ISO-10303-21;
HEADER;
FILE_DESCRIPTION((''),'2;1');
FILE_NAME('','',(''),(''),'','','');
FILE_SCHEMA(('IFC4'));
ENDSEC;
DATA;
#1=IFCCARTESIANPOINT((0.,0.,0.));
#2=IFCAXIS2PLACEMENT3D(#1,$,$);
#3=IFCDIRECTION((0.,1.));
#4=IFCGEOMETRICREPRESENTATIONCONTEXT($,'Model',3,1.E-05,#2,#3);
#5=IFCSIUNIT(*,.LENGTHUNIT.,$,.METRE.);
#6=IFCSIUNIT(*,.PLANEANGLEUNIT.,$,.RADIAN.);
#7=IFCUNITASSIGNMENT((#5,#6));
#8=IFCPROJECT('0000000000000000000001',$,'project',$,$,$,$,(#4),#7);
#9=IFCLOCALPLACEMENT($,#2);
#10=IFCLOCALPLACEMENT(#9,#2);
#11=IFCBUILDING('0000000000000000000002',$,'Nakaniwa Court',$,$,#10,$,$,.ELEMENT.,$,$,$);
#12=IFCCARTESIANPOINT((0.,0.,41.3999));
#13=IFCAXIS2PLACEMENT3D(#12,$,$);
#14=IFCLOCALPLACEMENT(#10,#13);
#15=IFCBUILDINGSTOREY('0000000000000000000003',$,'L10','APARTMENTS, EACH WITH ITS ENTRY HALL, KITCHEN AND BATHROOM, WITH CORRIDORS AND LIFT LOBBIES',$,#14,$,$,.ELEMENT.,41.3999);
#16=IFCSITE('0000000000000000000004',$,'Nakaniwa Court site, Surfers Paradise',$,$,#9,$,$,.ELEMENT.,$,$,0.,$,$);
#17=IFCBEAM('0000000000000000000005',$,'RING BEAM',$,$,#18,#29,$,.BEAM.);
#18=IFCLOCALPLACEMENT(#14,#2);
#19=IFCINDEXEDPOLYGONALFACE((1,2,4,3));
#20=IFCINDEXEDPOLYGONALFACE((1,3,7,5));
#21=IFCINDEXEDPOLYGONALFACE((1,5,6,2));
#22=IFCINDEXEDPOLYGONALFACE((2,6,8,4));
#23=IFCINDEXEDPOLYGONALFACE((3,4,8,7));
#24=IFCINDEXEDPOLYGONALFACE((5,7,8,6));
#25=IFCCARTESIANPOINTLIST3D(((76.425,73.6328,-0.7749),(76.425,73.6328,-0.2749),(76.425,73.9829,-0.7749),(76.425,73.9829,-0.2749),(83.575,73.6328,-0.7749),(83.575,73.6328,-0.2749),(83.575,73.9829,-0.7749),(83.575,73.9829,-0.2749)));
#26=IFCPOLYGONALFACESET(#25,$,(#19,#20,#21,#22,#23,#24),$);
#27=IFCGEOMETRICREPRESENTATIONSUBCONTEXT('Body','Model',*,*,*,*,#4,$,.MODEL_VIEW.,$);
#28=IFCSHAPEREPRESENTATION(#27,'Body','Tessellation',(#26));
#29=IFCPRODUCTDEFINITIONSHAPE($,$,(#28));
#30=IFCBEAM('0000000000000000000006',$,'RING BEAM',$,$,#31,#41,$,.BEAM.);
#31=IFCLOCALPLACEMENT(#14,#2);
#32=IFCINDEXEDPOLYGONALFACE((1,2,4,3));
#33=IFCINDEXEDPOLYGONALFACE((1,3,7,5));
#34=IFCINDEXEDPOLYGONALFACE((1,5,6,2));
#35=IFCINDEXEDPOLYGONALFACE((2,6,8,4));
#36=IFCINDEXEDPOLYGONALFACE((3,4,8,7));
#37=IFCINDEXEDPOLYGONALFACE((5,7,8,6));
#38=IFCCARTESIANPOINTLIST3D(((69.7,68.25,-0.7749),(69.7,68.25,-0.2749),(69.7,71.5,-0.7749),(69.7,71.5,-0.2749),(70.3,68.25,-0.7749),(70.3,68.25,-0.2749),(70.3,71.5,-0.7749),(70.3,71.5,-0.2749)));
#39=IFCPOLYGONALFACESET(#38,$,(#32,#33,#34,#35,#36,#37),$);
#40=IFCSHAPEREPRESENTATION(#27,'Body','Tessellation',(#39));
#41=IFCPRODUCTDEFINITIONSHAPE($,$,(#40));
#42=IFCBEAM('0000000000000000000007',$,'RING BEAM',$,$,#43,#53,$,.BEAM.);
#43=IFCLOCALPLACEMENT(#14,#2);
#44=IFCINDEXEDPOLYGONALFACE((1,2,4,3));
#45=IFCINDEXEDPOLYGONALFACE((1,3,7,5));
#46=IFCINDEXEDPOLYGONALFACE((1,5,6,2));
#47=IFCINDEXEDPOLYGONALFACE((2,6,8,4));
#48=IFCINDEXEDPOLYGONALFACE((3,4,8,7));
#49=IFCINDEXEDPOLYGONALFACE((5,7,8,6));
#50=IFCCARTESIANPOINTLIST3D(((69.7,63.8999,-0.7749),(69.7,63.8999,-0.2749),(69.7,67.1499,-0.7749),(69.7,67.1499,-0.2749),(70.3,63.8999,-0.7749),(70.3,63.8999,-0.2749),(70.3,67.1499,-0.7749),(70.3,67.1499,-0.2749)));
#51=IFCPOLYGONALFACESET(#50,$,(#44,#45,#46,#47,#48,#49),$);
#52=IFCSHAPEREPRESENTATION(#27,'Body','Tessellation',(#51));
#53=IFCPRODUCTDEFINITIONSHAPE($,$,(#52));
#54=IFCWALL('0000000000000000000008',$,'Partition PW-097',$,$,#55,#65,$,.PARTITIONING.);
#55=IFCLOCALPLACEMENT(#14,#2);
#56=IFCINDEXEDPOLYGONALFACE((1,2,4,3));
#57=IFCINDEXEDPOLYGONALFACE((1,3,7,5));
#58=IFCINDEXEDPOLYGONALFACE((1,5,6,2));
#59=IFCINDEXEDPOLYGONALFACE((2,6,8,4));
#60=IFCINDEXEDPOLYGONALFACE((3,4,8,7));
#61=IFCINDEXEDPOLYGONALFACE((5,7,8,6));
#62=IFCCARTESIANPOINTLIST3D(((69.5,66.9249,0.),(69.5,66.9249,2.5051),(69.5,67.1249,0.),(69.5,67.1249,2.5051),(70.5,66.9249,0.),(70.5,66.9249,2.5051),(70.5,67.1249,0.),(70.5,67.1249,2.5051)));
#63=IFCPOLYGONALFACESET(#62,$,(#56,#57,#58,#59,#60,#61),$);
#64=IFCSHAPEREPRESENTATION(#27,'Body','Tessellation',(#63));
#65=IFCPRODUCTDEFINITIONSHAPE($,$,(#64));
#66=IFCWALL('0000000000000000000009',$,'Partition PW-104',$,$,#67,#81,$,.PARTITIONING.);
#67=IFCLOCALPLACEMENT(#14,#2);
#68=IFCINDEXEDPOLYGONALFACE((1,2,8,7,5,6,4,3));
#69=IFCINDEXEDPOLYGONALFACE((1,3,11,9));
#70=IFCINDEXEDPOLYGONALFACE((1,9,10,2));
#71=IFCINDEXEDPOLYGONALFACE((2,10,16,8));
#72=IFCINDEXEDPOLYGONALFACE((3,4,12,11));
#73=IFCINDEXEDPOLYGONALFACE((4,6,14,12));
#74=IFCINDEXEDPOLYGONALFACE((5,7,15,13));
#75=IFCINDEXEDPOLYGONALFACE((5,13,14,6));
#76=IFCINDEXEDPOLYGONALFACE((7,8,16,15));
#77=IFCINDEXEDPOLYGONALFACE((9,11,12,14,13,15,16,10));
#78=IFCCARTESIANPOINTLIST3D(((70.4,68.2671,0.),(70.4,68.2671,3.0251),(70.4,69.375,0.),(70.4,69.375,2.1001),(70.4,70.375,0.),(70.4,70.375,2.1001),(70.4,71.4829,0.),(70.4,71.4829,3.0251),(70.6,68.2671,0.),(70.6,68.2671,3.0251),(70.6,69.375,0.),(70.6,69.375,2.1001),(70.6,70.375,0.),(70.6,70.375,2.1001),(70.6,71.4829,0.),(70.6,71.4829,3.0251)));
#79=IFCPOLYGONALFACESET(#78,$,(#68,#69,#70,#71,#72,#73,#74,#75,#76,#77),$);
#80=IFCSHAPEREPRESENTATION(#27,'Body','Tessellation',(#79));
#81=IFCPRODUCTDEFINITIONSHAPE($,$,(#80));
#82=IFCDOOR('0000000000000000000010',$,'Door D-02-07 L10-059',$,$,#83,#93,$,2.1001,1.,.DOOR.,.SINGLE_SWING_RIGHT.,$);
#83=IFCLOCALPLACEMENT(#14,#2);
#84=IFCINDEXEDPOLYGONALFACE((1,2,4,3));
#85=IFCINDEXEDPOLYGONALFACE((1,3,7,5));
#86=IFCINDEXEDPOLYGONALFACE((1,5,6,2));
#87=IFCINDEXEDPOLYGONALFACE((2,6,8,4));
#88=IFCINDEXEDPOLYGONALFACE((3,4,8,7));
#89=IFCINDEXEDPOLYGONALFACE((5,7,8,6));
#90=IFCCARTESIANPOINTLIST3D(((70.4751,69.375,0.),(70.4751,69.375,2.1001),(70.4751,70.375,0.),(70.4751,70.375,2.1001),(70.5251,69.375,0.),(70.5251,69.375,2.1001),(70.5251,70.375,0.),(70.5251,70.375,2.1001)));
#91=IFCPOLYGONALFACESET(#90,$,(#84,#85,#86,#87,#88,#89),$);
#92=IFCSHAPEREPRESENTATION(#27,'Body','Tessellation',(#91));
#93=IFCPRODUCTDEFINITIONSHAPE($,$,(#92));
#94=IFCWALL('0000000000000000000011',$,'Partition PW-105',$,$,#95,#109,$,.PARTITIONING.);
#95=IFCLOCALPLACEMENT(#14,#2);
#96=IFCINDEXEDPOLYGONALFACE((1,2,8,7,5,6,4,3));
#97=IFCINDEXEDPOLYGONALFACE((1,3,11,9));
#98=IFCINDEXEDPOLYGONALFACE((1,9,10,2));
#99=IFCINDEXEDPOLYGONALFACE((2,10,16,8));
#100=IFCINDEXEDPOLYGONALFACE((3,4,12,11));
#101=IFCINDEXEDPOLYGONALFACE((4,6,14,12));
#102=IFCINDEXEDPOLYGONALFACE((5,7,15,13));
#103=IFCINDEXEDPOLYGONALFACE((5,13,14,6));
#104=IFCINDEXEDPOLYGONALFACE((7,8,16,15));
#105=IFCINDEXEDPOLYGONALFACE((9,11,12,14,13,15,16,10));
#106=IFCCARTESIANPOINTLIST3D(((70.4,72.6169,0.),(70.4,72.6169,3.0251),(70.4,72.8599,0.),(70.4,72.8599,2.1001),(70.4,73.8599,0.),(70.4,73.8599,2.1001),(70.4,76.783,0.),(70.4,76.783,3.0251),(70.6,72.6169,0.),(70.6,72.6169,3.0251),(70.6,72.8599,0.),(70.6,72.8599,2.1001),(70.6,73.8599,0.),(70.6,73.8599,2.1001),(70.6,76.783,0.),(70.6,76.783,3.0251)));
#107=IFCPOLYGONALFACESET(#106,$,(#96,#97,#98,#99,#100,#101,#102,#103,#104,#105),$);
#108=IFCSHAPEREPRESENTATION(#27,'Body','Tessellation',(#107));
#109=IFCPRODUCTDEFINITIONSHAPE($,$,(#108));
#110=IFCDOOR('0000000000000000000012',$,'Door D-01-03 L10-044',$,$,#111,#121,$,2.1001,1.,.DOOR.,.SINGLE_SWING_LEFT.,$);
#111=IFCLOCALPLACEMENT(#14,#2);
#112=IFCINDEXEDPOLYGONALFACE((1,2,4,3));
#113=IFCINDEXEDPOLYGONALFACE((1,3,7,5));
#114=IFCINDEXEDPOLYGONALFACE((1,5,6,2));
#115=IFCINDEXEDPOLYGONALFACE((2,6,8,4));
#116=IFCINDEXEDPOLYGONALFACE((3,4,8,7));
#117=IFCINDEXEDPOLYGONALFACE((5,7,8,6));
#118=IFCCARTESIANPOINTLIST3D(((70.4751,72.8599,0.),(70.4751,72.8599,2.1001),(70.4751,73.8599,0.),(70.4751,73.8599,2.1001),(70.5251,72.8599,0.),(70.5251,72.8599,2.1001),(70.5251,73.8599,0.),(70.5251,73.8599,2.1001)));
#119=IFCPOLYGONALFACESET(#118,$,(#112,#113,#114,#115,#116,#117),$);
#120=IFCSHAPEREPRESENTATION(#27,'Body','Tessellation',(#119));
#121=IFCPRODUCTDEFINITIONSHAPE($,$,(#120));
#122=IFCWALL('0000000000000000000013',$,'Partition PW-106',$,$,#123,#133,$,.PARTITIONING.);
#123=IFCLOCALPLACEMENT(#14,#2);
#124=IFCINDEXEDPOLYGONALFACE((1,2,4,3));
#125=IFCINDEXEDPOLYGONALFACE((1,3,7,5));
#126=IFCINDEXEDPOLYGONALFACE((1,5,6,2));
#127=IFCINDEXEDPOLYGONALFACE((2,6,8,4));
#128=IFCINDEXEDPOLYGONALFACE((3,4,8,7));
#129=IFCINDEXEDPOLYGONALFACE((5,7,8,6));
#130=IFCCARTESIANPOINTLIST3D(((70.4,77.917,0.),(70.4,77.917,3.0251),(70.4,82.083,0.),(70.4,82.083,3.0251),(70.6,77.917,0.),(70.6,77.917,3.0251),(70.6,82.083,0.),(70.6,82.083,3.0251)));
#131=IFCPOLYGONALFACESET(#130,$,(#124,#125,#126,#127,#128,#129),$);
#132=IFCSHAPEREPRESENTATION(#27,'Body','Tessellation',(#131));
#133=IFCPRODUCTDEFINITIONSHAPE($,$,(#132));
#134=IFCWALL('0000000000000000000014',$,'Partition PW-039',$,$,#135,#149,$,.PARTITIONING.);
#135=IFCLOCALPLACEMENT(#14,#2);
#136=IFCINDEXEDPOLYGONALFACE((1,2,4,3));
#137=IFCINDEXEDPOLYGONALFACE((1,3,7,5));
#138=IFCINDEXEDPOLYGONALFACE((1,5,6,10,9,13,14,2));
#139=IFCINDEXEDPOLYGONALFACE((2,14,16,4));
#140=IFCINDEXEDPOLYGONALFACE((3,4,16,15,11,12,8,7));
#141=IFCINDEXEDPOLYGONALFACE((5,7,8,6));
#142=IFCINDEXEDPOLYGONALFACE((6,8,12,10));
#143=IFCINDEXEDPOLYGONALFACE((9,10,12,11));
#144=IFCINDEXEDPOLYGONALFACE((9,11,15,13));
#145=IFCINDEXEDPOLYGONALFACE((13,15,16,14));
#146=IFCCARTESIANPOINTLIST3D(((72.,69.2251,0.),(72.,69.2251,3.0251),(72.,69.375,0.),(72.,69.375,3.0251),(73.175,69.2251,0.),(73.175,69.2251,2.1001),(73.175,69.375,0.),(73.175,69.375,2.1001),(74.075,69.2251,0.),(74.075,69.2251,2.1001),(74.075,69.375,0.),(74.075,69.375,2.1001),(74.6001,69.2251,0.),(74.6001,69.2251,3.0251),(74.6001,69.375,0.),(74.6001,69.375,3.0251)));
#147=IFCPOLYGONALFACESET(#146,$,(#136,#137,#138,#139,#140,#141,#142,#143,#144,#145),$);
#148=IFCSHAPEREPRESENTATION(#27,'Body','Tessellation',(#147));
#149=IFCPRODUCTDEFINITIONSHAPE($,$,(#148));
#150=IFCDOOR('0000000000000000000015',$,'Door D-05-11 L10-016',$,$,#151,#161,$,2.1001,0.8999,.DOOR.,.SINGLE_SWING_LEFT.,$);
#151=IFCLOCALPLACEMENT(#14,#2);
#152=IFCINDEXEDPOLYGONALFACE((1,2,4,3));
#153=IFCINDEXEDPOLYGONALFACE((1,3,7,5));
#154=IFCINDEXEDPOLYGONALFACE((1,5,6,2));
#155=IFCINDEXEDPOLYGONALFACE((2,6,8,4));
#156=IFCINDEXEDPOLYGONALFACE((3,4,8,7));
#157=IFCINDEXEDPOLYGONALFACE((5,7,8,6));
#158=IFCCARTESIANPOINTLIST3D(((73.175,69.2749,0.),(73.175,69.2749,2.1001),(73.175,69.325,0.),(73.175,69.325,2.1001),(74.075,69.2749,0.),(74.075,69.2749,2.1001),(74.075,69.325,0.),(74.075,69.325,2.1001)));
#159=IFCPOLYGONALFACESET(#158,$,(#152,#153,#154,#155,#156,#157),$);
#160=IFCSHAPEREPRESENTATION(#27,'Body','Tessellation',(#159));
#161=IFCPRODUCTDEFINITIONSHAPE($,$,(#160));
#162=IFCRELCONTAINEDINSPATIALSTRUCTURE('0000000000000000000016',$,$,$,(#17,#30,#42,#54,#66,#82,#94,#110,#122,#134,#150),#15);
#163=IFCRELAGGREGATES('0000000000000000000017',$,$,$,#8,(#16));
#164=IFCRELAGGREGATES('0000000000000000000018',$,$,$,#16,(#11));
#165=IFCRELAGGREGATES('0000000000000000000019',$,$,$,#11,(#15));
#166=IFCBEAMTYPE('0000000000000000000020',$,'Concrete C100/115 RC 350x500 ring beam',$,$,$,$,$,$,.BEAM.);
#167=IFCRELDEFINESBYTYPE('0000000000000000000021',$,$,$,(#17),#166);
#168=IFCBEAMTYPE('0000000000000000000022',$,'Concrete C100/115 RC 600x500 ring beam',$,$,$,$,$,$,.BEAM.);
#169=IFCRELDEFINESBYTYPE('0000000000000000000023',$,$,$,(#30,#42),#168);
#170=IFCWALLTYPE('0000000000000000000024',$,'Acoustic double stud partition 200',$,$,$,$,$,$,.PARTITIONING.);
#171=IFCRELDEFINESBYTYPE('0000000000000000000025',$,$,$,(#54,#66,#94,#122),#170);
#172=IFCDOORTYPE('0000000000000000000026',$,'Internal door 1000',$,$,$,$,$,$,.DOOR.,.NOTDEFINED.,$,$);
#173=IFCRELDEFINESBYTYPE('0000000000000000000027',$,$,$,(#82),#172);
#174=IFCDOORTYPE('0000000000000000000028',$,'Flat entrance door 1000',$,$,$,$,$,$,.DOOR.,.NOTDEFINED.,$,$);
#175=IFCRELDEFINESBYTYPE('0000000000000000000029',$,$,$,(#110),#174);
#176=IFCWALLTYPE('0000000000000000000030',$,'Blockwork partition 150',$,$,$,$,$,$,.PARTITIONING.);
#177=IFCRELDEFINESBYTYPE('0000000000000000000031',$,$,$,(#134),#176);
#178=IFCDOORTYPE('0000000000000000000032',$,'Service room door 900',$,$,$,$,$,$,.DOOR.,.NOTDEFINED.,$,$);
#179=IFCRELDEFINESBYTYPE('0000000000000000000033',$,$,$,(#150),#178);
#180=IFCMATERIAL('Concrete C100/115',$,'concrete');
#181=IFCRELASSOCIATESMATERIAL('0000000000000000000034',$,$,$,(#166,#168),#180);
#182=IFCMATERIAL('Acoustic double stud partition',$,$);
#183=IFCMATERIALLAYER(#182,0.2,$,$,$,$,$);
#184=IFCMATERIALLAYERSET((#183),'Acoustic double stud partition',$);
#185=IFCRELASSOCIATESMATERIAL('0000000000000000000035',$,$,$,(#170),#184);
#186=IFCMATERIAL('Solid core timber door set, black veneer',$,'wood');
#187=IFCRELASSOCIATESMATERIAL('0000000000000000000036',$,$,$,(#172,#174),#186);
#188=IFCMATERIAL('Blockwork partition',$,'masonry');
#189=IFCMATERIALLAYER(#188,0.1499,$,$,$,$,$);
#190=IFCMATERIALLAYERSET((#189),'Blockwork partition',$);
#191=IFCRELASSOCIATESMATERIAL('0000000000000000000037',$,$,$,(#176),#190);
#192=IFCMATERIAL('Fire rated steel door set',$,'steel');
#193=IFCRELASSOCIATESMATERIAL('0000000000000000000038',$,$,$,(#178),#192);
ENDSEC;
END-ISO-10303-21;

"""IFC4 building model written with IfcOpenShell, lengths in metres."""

from ifc_helpers import new_model, si_unit, direction, frame, frame_2d, origin, origin_2d, place, context, subcontext, project, spatial, rectangle, extrude, material, layer, layer_set, material_profile, profile_set, type_object, element, fill, save


model = new_model("IFC4")

# Units and contexts
model_context = context("Model", 3, precision=1e-05, world=origin(), true_north=direction((0.0, 1.0)))
body_context = subcontext(model_context, "Body", "Model", "MODEL_VIEW")
ifc_project = project(units=[si_unit("LENGTHUNIT", "METRE"), si_unit("PLANEANGLEUNIT", "RADIAN")], contexts=[model_context])

# Site, building, storey
site_placement = place(None, origin())
site = spatial("IfcSite", under=ifc_project, at=site_placement, Name="Nakaniwa Court site, Surfers Paradise", CompositionType="ELEMENT", RefElevation=0.0)
building_placement = place(site_placement, origin())
building = spatial("IfcBuilding", under=site, at=building_placement, Name="Nakaniwa Court", CompositionType="ELEMENT")
storey_placement = place(building_placement, frame((0.0, 0.0, 41.3999)))
storey = spatial("IfcBuildingStorey", under=building, at=storey_placement, Name="L10", Description="APARTMENTS, EACH WITH ITS ENTRY HALL, KITCHEN AND BATHROOM, WITH CORRIDORS AND LIFT LOBBIES", CompositionType="ELEMENT", Elevation=41.3999)

# Shared definitions
ifc_material_1 = material(Name="Concrete C100/115", Category="concrete")

# Beams
ifc_material_profile_1 = material_profile(ifc_material_1, rectangle(XDim=0.3501, YDim=0.5, at=origin_2d()), Name="Concrete C100/115 RC 350x500 ring beam")
ifc_profile_set_1 = profile_set([ifc_material_profile_1], Name="Concrete C100/115")
beam_type_1 = type_object("IfcBeamType", Name="Concrete C100/115 RC 350x500 ring beam", PredefinedType="BEAM", material=ifc_profile_set_1)
beam_1_placement = place(storey_placement, frame((76.425, 73.8079, -0.5249), z_axis=(1.0, 0.0, 0.0), x_axis=(0.0, 1.0, 0.0)))
element("IfcBeam", 1, at=beam_1_placement, inside=storey, type_object=beam_type_1, Name="RING BEAM", PredefinedType="BEAM", context=body_context, shape_type="SweptSolid", body=[
    extrude(rectangle(XDim=0.3501, YDim=0.5, at=origin_2d()), origin(), (0.0, 0.0, 1.0), 7.1499),
])
ifc_material_profile_2 = material_profile(ifc_material_1, rectangle(XDim=0.6001, YDim=0.5, at=origin_2d()), Name="Concrete C100/115 RC 600x500 ring beam")
ifc_profile_set_2 = profile_set([ifc_material_profile_2], Name="Concrete C100/115")
beam_type_2 = type_object("IfcBeamType", Name="Concrete C100/115 RC 600x500 ring beam", PredefinedType="BEAM", material=ifc_profile_set_2)
for number, where, z_axis, x_axis, name in (
    (2, (70.0, 71.5, -0.5249), (0.0, -1.0, 0.0), (1.0, 0.0, 0.0), "RING BEAM"),
    (3, (70.0, 67.1499, -0.5249), (0.0, -1.0, 0.0), (1.0, 0.0, 0.0), "RING BEAM"),
):
    element("IfcBeam", number, at=place(storey_placement, frame(where, z_axis=z_axis, x_axis=x_axis)), inside=storey, type_object=beam_type_2, Name=name, PredefinedType="BEAM", context=body_context, shape_type="SweptSolid", body=[
        extrude(rectangle(XDim=0.6001, YDim=0.5, at=origin_2d()), origin(), (0.0, 0.0, 1.0), 3.25),
    ])

# Wall
ifc_material_2 = material(Name="Acoustic double stud partition")
ifc_layer_1 = layer(ifc_material_2, 0.2)
ifc_layer_set_1 = layer_set([ifc_layer_1], Name="Acoustic double stud partition")
wall_type_1 = type_object("IfcWallType", Name="Acoustic double stud partition 200", PredefinedType="PARTITIONING", material=ifc_layer_set_1)
wall_1_placement = place(storey_placement, frame((69.5, 67.0249, 0.0), z_axis=(0.0, 0.0, 1.0), x_axis=(1.0, 0.0, 0.0)))
element("IfcWall", 4, at=wall_1_placement, inside=storey, type_object=wall_type_1, Name="Partition PW-097", PredefinedType="PARTITIONING", context=body_context, shape_type="SweptSolid", body=[
    extrude(rectangle(XDim=1.0, YDim=0.2, at=frame_2d((0.5, 0.0))), origin(), (0.0, 0.0, 1.0), 2.5051),
])

# Walls, openings, doors
wall_2_placement = place(storey_placement, frame((70.5, 68.2671, 0.0), z_axis=(0.0, 0.0, 1.0), x_axis=(0.0, 1.0, 0.0)))
wall_2 = element("IfcWall", 5, at=wall_2_placement, inside=storey, type_object=wall_type_1, Name="Partition PW-104", PredefinedType="PARTITIONING", context=body_context, shape_type="SweptSolid", body=[
    extrude(rectangle(XDim=3.2158, YDim=0.2, at=frame_2d((1.6079, 0.0))), origin(), (0.0, 0.0, 1.0), 3.0251),
])
opening_1_placement = place(wall_2_placement, frame((1.1079, 0.0, 0.0)))
opening_1 = element("IfcOpeningElement", 6, at=opening_1_placement, cuts=wall_2, PredefinedType="OPENING", context=body_context, shape_type="SweptSolid", body=[
    extrude(rectangle(XDim=1.0, YDim=2.1001, at=frame_2d((0.5, 1.05))), frame((0.0, 0.1099, 0.0), z_axis=(0.0, -1.0, 0.0), x_axis=(1.0, 0.0, 0.0)), (0.0, 0.0, 1.0), 0.22),
])
ifc_material_3 = material(Name="Solid core timber door set, black veneer", Category="wood")
door_type_1 = type_object("IfcDoorType", Name="Internal door 1000", OperationType="NOTDEFINED", PredefinedType="DOOR", material=ifc_material_3)
door_1_placement = place(opening_1_placement, origin())
door_1 = element("IfcDoor", 7, at=door_1_placement, inside=storey, type_object=door_type_1, Name="Door D-02-07 L10-059", OperationType="SINGLE_SWING_RIGHT", OverallHeight=2.1001, OverallWidth=1.0, PredefinedType="DOOR", context=body_context, shape_type="SweptSolid", body=[
    extrude(rectangle(XDim=1.0, YDim=2.1001, at=frame_2d((0.5, 1.05))), frame((0.0, 0.0249, 0.0), z_axis=(0.0, -1.0, 0.0), x_axis=(1.0, 0.0, 0.0)), (0.0, 0.0, 1.0), 0.05),
])
fill(opening_1, door_1)
wall_3_placement = place(storey_placement, frame((70.5, 72.6169, 0.0), z_axis=(0.0, 0.0, 1.0), x_axis=(0.0, 1.0, 0.0)))
wall_3 = element("IfcWall", 8, at=wall_3_placement, inside=storey, type_object=wall_type_1, Name="Partition PW-105", PredefinedType="PARTITIONING", context=body_context, shape_type="SweptSolid", body=[
    extrude(rectangle(XDim=4.166, YDim=0.2, at=frame_2d((2.083, 0.0))), origin(), (0.0, 0.0, 1.0), 3.0251),
])
opening_2_placement = place(wall_3_placement, frame((0.2429, 0.0, 0.0)))
opening_2 = element("IfcOpeningElement", 9, at=opening_2_placement, cuts=wall_3, PredefinedType="OPENING", context=body_context, shape_type="SweptSolid", body=[
    extrude(rectangle(XDim=1.0, YDim=2.1001, at=frame_2d((0.5, 1.05))), frame((0.0, 0.1099, 0.0), z_axis=(0.0, -1.0, 0.0), x_axis=(1.0, 0.0, 0.0)), (0.0, 0.0, 1.0), 0.22),
])
door_type_2 = type_object("IfcDoorType", Name="Flat entrance door 1000", OperationType="NOTDEFINED", PredefinedType="DOOR", material=ifc_material_3)
door_2_placement = place(opening_2_placement, origin())
door_2 = element("IfcDoor", 10, at=door_2_placement, inside=storey, type_object=door_type_2, Name="Door D-01-03 L10-044", OperationType="SINGLE_SWING_LEFT", OverallHeight=2.1001, OverallWidth=1.0, PredefinedType="DOOR", context=body_context, shape_type="SweptSolid", body=[
    extrude(rectangle(XDim=1.0, YDim=2.1001, at=frame_2d((0.5, 1.05))), frame((0.0, 0.0249, 0.0), z_axis=(0.0, -1.0, 0.0), x_axis=(1.0, 0.0, 0.0)), (0.0, 0.0, 1.0), 0.05),
])
fill(opening_2, door_2)

# Wall
wall_4_placement = place(storey_placement, frame((70.5, 77.917, 0.0), z_axis=(0.0, 0.0, 1.0), x_axis=(0.0, 1.0, 0.0)))
element("IfcWall", 11, at=wall_4_placement, inside=storey, type_object=wall_type_1, Name="Partition PW-106", PredefinedType="PARTITIONING", context=body_context, shape_type="SweptSolid", body=[
    extrude(rectangle(XDim=4.166, YDim=0.2, at=frame_2d((2.083, 0.0))), origin(), (0.0, 0.0, 1.0), 3.0251),
])

# Wall, opening, door
ifc_material_4 = material(Name="Blockwork partition", Category="masonry")
ifc_layer_2 = layer(ifc_material_4, 0.1499)
ifc_layer_set_2 = layer_set([ifc_layer_2], Name="Blockwork partition")
wall_type_2 = type_object("IfcWallType", Name="Blockwork partition 150", PredefinedType="PARTITIONING", material=ifc_layer_set_2)
wall_5_placement = place(storey_placement, frame((72.0, 69.3, 0.0), z_axis=(0.0, 0.0, 1.0), x_axis=(1.0, 0.0, 0.0)))
wall_5 = element("IfcWall", 12, at=wall_5_placement, inside=storey, type_object=wall_type_2, Name="Partition PW-039", PredefinedType="PARTITIONING", context=body_context, shape_type="SweptSolid", body=[
    extrude(rectangle(XDim=2.6001, YDim=0.1499, at=frame_2d((1.3, 0.0))), origin(), (0.0, 0.0, 1.0), 3.0251),
])
opening_3_placement = place(wall_5_placement, frame((1.175, 0.0, 0.0)))
opening_3 = element("IfcOpeningElement", 13, at=opening_3_placement, cuts=wall_5, PredefinedType="OPENING", context=body_context, shape_type="SweptSolid", body=[
    extrude(rectangle(XDim=0.8999, YDim=2.1001, at=frame_2d((0.45, 1.05))), frame((0.0, 0.085, 0.0), z_axis=(0.0, -1.0, 0.0), x_axis=(1.0, 0.0, 0.0)), (0.0, 0.0, 1.0), 0.1699),
])
ifc_material_5 = material(Name="Fire rated steel door set", Category="steel")
door_type_3 = type_object("IfcDoorType", Name="Service room door 900", OperationType="NOTDEFINED", PredefinedType="DOOR", material=ifc_material_5)
door_3_placement = place(opening_3_placement, origin())
door_3 = element("IfcDoor", 14, at=door_3_placement, inside=storey, type_object=door_type_3, Name="Door D-05-11 L10-016", OperationType="SINGLE_SWING_LEFT", OverallHeight=2.1001, OverallWidth=0.8999, PredefinedType="DOOR", context=body_context, shape_type="SweptSolid", body=[
    extrude(rectangle(XDim=0.8999, YDim=2.1001, at=frame_2d((0.45, 1.05))), frame((0.0, 0.0249, 0.0), z_axis=(0.0, -1.0, 0.0), x_axis=(1.0, 0.0, 0.0)), (0.0, 0.0, 1.0), 0.05),
])
fill(opening_3, door_3)

save(model, "model.ifc")
